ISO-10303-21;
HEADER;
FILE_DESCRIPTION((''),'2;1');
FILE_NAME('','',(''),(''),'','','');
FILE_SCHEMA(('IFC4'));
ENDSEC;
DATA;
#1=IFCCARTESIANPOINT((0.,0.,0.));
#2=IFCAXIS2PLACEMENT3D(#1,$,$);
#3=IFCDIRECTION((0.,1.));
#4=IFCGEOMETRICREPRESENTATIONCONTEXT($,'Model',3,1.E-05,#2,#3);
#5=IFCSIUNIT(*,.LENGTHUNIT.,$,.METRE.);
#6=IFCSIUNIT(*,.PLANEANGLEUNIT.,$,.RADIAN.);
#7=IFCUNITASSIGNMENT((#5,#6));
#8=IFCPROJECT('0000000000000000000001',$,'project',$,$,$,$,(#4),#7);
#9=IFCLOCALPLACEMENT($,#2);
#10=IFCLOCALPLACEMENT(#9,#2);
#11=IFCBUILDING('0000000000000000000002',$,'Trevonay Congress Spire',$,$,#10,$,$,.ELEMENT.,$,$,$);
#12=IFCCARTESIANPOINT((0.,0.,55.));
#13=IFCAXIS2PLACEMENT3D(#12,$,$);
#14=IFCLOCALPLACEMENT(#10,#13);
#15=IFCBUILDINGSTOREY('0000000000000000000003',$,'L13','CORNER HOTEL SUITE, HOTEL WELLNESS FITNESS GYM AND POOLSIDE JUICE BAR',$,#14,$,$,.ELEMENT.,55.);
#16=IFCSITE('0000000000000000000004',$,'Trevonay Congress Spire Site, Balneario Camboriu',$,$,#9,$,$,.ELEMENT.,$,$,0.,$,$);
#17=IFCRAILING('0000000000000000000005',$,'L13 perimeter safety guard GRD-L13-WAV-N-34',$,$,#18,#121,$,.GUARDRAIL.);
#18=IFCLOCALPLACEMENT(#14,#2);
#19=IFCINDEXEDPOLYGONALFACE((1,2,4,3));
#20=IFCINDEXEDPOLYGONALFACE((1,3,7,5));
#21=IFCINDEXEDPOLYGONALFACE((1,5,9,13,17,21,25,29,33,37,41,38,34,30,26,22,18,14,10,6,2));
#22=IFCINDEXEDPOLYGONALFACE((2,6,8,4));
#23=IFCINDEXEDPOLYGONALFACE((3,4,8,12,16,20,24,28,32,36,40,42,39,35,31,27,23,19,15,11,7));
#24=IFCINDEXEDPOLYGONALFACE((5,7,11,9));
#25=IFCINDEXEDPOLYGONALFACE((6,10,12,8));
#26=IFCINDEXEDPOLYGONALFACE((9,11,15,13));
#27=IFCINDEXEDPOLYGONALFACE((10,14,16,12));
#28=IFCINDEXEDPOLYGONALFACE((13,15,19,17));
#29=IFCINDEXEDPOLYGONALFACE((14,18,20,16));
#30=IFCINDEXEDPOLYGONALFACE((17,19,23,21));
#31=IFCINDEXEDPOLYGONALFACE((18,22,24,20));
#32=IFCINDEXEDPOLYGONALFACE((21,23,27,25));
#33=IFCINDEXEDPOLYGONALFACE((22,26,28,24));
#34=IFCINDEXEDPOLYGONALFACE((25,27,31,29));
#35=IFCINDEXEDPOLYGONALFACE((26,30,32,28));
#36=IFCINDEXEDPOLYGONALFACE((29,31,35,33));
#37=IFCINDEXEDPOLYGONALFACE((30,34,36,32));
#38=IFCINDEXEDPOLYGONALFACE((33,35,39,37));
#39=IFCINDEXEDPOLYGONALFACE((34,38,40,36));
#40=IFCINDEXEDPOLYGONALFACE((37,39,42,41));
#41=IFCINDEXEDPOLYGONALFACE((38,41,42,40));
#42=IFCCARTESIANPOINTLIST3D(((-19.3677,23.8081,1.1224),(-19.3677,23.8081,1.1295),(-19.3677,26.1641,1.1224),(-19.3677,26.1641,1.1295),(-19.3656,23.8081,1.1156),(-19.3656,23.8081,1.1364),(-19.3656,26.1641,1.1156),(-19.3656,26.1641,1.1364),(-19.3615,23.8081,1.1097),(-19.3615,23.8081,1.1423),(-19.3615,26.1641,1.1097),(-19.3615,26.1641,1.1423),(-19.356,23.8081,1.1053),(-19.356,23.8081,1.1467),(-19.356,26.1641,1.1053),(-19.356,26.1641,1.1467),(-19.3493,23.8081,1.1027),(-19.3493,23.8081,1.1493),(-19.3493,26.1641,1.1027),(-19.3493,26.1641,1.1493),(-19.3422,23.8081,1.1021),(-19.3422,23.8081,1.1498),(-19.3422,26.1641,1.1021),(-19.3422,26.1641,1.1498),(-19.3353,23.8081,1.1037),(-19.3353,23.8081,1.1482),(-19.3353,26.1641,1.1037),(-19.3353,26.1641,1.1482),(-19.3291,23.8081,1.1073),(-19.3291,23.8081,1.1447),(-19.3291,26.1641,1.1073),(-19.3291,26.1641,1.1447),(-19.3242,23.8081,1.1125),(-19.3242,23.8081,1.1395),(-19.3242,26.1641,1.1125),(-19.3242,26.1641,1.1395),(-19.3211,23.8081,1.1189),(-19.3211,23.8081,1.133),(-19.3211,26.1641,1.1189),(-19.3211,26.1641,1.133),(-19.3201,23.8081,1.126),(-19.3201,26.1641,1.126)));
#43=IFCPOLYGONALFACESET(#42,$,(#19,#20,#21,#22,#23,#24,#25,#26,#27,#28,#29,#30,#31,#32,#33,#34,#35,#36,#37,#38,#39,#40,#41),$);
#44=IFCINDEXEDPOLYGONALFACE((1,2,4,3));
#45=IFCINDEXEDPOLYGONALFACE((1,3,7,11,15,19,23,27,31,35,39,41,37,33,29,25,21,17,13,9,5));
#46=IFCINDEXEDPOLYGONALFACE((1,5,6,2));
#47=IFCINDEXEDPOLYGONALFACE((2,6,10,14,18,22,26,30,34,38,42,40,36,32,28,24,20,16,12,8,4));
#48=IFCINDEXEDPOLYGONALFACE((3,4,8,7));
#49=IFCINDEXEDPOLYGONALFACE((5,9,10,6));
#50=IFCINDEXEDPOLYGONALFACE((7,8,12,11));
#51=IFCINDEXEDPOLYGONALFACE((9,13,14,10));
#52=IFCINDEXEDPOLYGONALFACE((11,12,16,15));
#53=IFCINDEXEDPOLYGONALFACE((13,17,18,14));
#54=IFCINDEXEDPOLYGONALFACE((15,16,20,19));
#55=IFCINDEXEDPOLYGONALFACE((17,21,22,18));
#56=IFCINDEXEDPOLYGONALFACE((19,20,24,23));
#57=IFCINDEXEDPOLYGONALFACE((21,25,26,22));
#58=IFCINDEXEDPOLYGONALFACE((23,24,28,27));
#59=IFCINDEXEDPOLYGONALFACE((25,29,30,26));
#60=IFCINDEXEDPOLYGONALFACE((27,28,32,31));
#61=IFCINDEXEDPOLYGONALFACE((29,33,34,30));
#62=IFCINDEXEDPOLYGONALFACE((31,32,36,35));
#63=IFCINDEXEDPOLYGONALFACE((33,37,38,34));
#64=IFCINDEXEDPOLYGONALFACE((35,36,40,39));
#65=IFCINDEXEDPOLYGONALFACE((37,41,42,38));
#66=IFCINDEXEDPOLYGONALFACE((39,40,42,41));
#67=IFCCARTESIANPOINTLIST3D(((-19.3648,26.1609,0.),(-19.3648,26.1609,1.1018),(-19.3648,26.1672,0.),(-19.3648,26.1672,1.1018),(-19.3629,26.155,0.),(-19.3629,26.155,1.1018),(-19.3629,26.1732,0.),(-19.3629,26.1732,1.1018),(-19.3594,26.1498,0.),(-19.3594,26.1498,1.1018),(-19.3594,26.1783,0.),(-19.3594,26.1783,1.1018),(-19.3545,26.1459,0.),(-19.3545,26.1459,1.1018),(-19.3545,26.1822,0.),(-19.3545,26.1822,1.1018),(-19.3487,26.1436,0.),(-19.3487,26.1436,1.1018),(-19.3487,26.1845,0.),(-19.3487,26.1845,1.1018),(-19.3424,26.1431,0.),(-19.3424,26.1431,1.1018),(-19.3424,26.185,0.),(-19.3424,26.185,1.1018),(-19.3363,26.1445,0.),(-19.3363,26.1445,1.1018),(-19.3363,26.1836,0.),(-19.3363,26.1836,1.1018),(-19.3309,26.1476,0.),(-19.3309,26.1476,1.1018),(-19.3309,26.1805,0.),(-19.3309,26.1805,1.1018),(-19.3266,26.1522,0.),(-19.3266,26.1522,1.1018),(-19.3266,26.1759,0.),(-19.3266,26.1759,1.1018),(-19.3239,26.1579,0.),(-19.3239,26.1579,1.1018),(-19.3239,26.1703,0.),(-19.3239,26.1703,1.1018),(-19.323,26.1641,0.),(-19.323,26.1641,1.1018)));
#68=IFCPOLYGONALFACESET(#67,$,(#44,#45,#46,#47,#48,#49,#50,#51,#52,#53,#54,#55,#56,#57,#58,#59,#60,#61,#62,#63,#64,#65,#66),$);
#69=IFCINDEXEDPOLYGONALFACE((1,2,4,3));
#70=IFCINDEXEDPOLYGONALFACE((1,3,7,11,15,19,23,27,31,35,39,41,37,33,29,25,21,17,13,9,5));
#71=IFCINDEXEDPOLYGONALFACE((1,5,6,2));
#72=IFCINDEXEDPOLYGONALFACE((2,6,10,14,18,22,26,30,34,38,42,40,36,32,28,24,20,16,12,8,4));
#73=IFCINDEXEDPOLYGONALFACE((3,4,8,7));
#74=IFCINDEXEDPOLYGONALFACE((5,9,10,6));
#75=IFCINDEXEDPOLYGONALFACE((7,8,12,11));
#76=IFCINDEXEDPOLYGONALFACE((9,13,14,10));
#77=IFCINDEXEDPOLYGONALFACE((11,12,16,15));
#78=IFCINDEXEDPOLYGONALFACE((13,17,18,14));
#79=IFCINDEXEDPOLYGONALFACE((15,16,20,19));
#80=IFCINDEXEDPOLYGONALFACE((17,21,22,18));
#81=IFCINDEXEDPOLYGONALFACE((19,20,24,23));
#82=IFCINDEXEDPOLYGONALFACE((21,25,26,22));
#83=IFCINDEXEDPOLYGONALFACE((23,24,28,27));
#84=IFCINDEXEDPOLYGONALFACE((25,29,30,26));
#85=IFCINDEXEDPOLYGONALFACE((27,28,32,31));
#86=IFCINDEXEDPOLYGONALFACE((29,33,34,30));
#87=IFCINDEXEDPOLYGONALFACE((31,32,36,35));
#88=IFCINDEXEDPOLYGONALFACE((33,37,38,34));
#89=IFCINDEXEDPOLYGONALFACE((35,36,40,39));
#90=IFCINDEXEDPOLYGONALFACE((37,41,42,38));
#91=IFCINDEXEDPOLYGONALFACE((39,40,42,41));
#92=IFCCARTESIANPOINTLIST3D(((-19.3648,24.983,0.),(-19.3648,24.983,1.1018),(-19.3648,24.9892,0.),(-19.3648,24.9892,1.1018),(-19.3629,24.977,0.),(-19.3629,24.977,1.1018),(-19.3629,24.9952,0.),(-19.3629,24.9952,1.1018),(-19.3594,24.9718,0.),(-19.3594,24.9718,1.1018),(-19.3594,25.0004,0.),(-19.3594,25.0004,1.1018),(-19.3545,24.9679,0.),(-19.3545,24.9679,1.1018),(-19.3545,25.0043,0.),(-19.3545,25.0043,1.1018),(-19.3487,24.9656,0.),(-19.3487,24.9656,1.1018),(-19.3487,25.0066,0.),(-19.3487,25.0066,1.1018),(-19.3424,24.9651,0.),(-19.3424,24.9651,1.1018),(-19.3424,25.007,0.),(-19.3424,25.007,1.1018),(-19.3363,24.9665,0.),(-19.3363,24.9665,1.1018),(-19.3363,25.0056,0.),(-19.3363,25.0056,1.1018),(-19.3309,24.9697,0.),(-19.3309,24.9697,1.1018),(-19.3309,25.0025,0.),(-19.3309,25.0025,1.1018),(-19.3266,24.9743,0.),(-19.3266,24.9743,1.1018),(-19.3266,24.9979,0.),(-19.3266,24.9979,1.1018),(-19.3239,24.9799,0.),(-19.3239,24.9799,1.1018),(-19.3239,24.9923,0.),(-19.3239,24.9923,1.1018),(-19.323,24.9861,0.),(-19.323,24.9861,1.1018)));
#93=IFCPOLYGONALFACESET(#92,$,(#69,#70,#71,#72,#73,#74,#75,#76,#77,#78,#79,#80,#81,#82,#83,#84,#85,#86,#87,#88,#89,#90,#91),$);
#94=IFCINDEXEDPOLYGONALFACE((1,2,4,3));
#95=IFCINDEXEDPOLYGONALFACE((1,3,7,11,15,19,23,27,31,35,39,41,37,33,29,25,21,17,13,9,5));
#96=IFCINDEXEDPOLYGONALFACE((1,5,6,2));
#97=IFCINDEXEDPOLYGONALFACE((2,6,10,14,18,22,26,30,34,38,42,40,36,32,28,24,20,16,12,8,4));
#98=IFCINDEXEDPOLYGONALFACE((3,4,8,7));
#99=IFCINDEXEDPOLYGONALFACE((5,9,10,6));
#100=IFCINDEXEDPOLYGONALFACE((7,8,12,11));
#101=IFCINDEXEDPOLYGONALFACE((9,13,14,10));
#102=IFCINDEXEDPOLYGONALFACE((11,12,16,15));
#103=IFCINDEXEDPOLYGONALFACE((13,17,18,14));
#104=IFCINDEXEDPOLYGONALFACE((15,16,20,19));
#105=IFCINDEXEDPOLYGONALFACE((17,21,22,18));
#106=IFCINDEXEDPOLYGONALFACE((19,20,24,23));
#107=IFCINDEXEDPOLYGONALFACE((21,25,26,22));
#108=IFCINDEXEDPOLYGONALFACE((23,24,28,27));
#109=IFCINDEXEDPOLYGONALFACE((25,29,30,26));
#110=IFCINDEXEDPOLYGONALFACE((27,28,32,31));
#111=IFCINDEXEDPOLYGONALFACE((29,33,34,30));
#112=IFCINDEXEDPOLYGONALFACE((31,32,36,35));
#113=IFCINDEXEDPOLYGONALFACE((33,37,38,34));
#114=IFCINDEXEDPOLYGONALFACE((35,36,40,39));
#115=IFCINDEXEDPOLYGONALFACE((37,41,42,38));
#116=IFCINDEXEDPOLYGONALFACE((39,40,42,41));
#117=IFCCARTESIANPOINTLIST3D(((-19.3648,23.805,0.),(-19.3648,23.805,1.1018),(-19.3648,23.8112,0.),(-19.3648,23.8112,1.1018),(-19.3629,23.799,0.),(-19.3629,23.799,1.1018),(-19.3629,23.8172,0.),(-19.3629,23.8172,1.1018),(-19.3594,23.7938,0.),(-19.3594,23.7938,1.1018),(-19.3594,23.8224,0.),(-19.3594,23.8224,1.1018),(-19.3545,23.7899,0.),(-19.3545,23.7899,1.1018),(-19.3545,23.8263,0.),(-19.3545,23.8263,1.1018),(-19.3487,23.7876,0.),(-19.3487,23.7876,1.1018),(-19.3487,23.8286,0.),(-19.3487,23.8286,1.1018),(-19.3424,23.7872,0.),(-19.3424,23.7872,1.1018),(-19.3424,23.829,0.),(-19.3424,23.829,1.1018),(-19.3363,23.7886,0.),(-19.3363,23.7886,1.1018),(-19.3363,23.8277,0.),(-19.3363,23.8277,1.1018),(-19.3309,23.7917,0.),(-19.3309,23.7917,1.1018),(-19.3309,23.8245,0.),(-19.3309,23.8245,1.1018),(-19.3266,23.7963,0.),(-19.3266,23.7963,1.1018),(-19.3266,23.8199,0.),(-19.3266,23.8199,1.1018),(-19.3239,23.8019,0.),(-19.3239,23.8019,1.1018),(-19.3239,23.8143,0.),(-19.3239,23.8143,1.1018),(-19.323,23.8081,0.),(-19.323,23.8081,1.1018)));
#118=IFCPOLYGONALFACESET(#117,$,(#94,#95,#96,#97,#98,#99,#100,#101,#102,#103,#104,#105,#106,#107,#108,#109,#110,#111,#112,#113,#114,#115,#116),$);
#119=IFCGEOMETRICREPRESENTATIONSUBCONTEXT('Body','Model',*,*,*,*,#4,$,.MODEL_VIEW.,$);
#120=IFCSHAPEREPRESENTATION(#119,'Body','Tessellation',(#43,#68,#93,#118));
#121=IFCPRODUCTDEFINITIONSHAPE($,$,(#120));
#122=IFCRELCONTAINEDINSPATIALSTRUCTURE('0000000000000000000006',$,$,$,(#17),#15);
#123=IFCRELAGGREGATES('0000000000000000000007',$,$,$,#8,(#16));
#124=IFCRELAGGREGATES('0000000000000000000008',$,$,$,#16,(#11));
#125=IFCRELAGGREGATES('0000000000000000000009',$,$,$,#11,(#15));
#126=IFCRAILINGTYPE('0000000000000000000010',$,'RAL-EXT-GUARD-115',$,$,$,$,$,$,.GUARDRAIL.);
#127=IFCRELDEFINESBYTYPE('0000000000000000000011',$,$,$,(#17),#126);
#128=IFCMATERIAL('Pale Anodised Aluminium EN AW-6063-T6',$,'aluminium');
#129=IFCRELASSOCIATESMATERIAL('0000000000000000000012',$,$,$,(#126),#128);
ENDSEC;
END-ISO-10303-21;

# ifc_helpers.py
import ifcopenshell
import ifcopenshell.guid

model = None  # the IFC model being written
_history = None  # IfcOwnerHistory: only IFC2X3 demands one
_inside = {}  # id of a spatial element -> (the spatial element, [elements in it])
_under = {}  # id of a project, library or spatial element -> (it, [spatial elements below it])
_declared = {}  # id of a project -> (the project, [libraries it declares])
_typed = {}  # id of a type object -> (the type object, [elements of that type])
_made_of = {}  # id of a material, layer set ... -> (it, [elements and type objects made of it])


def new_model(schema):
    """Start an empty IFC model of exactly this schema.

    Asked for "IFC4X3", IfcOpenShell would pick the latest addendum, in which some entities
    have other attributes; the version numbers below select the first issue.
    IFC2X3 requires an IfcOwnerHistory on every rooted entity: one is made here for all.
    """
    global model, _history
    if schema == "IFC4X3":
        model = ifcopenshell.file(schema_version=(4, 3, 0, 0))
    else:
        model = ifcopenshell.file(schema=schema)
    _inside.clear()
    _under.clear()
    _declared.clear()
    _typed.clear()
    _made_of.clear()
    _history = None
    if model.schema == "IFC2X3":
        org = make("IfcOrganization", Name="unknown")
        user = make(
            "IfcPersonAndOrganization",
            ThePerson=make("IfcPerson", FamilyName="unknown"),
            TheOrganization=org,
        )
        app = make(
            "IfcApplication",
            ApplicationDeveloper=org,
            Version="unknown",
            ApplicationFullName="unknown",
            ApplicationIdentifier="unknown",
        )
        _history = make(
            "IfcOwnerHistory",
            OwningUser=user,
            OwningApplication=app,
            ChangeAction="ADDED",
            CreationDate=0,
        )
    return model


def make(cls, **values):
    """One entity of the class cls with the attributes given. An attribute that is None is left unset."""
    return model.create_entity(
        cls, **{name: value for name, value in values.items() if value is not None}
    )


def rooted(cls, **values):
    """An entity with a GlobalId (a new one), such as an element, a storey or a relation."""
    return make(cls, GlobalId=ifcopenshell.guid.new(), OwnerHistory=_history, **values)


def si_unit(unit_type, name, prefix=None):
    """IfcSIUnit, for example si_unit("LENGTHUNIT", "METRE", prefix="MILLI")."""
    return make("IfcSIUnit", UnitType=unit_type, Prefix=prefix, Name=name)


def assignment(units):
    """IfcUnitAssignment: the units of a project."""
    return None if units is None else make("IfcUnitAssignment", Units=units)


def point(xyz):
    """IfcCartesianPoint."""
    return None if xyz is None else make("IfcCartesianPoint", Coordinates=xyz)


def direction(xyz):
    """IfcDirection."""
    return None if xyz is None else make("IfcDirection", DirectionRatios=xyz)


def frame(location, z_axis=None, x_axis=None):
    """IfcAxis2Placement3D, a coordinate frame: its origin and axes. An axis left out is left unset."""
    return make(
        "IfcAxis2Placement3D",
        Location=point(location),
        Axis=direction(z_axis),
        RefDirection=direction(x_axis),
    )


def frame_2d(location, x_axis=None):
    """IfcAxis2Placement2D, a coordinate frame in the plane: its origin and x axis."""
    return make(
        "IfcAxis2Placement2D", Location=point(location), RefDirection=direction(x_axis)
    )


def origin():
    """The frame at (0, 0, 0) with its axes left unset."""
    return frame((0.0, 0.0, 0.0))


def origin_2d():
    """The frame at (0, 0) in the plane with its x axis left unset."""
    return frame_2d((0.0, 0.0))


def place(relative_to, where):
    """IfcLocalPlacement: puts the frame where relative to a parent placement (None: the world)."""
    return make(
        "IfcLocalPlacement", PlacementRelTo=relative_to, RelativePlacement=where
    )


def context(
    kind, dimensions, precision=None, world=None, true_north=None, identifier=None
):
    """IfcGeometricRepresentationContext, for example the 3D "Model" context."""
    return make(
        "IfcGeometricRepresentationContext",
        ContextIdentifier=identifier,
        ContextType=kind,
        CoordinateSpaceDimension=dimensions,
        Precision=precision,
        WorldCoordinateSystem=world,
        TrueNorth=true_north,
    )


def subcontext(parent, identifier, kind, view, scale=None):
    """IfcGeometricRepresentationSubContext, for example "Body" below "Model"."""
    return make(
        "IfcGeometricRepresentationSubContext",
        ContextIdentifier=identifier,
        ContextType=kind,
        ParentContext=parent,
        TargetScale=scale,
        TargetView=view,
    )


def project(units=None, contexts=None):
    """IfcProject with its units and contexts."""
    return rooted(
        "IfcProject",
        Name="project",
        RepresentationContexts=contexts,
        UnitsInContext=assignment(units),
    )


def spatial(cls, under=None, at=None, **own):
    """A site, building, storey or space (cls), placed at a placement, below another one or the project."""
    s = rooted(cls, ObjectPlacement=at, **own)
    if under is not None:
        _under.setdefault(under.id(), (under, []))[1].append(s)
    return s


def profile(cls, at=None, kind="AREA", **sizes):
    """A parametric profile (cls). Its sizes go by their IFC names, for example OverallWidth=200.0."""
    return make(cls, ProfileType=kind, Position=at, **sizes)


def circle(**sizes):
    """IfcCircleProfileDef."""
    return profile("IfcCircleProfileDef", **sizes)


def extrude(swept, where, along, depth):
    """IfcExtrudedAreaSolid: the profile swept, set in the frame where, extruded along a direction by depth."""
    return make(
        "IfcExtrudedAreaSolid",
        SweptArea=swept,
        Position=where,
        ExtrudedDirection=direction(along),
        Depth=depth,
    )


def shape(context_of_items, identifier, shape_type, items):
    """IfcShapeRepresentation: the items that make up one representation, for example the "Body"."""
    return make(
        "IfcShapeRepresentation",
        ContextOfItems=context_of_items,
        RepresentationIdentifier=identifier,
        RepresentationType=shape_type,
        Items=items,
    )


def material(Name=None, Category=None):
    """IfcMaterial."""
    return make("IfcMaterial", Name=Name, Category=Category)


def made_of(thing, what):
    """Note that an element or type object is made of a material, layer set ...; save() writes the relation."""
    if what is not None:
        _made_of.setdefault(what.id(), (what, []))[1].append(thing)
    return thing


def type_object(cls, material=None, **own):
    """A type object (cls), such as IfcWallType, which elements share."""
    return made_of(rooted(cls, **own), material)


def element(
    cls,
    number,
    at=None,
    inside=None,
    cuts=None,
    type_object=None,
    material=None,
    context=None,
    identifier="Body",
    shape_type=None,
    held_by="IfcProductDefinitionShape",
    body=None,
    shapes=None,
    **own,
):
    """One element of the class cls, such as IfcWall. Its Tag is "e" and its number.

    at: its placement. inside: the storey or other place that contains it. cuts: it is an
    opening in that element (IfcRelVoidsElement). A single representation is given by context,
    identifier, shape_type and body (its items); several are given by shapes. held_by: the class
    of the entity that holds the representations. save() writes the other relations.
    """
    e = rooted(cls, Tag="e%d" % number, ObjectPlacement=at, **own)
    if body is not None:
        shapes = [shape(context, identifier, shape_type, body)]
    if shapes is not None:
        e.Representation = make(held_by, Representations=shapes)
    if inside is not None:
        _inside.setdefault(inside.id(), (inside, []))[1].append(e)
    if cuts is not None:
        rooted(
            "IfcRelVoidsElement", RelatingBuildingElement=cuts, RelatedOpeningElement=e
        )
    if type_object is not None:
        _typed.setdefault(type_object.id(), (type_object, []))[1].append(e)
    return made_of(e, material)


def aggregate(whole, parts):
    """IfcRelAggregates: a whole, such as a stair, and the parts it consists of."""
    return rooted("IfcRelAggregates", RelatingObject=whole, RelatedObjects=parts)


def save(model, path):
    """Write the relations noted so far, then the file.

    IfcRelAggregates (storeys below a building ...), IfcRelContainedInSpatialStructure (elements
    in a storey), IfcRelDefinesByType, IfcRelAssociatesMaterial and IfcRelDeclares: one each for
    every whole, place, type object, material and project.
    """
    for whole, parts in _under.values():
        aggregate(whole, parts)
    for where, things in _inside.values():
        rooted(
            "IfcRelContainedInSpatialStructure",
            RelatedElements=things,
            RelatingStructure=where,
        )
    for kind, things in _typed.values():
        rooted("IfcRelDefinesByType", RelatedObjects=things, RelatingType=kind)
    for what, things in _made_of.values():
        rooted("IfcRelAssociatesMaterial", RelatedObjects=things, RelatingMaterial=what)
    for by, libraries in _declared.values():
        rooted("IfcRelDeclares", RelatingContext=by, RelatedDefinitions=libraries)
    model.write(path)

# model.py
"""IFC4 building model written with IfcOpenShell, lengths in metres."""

from ifc_helpers import new_model, si_unit, direction, frame, origin, origin_2d, place, context, subcontext, project, spatial, circle, extrude, material, type_object, element, save


model = new_model("IFC4")

# Units and contexts
model_context = context("Model", 3, precision=1e-05, world=origin(), true_north=direction((0.0, 1.0)))
body_context = subcontext(model_context, "Body", "Model", "MODEL_VIEW")
ifc_project = project(units=[si_unit("LENGTHUNIT", "METRE"), si_unit("PLANEANGLEUNIT", "RADIAN")], contexts=[model_context])

# Site, building, storey
site_placement = place(None, origin())
site = spatial("IfcSite", under=ifc_project, at=site_placement, Name="Trevonay Congress Spire Site, Balneario Camboriu", CompositionType="ELEMENT", RefElevation=0.0)
building_placement = place(site_placement, origin())
building = spatial("IfcBuilding", under=site, at=building_placement, Name="Trevonay Congress Spire", CompositionType="ELEMENT")
storey_placement = place(building_placement, frame((0.0, 0.0, 55.0)))
storey = spatial("IfcBuildingStorey", under=building, at=storey_placement, Name="L13", Description="CORNER HOTEL SUITE, HOTEL WELLNESS FITNESS GYM AND POOLSIDE JUICE BAR", CompositionType="ELEMENT", Elevation=55.0)

# Shared definitions
ifc_material_1 = material(Name="Pale Anodised Aluminium EN AW-6063-T6", Category="aluminium")

# Railing
railing_type = type_object("IfcRailingType", Name="RAL-EXT-GUARD-115", PredefinedType="GUARDRAIL", material=ifc_material_1)
railing_1_placement = place(storey_placement, frame((-19.344, 26.1641, 0.0)))
element("IfcRailing", 1, at=railing_1_placement, inside=storey, type_object=railing_type, Name="L13 perimeter safety guard GRD-L13-WAV-N-34", PredefinedType="GUARDRAIL", context=body_context, shape_type="SweptSolid", body=[
    extrude(circle(Radius=0.0239, at=origin_2d()), frame((0.0, 0.0, 1.126), z_axis=(0.0, -1.0, 0.0), x_axis=(1.0, 0.0, 0.0)), (0.0, 0.0, 1.0), 2.356),
    extrude(circle(Radius=0.021, at=origin_2d()), origin(), (0.0, 0.0, 1.0), 1.1018),
    extrude(circle(Radius=0.021, at=origin_2d()), frame((0.0, -1.178, 0.0)), (0.0, 0.0, 1.0), 1.1018),
    extrude(circle(Radius=0.021, at=origin_2d()), frame((0.0, -2.356, 0.0)), (0.0, 0.0, 1.0), 1.1018),
])

save(model, "model.ifc")
